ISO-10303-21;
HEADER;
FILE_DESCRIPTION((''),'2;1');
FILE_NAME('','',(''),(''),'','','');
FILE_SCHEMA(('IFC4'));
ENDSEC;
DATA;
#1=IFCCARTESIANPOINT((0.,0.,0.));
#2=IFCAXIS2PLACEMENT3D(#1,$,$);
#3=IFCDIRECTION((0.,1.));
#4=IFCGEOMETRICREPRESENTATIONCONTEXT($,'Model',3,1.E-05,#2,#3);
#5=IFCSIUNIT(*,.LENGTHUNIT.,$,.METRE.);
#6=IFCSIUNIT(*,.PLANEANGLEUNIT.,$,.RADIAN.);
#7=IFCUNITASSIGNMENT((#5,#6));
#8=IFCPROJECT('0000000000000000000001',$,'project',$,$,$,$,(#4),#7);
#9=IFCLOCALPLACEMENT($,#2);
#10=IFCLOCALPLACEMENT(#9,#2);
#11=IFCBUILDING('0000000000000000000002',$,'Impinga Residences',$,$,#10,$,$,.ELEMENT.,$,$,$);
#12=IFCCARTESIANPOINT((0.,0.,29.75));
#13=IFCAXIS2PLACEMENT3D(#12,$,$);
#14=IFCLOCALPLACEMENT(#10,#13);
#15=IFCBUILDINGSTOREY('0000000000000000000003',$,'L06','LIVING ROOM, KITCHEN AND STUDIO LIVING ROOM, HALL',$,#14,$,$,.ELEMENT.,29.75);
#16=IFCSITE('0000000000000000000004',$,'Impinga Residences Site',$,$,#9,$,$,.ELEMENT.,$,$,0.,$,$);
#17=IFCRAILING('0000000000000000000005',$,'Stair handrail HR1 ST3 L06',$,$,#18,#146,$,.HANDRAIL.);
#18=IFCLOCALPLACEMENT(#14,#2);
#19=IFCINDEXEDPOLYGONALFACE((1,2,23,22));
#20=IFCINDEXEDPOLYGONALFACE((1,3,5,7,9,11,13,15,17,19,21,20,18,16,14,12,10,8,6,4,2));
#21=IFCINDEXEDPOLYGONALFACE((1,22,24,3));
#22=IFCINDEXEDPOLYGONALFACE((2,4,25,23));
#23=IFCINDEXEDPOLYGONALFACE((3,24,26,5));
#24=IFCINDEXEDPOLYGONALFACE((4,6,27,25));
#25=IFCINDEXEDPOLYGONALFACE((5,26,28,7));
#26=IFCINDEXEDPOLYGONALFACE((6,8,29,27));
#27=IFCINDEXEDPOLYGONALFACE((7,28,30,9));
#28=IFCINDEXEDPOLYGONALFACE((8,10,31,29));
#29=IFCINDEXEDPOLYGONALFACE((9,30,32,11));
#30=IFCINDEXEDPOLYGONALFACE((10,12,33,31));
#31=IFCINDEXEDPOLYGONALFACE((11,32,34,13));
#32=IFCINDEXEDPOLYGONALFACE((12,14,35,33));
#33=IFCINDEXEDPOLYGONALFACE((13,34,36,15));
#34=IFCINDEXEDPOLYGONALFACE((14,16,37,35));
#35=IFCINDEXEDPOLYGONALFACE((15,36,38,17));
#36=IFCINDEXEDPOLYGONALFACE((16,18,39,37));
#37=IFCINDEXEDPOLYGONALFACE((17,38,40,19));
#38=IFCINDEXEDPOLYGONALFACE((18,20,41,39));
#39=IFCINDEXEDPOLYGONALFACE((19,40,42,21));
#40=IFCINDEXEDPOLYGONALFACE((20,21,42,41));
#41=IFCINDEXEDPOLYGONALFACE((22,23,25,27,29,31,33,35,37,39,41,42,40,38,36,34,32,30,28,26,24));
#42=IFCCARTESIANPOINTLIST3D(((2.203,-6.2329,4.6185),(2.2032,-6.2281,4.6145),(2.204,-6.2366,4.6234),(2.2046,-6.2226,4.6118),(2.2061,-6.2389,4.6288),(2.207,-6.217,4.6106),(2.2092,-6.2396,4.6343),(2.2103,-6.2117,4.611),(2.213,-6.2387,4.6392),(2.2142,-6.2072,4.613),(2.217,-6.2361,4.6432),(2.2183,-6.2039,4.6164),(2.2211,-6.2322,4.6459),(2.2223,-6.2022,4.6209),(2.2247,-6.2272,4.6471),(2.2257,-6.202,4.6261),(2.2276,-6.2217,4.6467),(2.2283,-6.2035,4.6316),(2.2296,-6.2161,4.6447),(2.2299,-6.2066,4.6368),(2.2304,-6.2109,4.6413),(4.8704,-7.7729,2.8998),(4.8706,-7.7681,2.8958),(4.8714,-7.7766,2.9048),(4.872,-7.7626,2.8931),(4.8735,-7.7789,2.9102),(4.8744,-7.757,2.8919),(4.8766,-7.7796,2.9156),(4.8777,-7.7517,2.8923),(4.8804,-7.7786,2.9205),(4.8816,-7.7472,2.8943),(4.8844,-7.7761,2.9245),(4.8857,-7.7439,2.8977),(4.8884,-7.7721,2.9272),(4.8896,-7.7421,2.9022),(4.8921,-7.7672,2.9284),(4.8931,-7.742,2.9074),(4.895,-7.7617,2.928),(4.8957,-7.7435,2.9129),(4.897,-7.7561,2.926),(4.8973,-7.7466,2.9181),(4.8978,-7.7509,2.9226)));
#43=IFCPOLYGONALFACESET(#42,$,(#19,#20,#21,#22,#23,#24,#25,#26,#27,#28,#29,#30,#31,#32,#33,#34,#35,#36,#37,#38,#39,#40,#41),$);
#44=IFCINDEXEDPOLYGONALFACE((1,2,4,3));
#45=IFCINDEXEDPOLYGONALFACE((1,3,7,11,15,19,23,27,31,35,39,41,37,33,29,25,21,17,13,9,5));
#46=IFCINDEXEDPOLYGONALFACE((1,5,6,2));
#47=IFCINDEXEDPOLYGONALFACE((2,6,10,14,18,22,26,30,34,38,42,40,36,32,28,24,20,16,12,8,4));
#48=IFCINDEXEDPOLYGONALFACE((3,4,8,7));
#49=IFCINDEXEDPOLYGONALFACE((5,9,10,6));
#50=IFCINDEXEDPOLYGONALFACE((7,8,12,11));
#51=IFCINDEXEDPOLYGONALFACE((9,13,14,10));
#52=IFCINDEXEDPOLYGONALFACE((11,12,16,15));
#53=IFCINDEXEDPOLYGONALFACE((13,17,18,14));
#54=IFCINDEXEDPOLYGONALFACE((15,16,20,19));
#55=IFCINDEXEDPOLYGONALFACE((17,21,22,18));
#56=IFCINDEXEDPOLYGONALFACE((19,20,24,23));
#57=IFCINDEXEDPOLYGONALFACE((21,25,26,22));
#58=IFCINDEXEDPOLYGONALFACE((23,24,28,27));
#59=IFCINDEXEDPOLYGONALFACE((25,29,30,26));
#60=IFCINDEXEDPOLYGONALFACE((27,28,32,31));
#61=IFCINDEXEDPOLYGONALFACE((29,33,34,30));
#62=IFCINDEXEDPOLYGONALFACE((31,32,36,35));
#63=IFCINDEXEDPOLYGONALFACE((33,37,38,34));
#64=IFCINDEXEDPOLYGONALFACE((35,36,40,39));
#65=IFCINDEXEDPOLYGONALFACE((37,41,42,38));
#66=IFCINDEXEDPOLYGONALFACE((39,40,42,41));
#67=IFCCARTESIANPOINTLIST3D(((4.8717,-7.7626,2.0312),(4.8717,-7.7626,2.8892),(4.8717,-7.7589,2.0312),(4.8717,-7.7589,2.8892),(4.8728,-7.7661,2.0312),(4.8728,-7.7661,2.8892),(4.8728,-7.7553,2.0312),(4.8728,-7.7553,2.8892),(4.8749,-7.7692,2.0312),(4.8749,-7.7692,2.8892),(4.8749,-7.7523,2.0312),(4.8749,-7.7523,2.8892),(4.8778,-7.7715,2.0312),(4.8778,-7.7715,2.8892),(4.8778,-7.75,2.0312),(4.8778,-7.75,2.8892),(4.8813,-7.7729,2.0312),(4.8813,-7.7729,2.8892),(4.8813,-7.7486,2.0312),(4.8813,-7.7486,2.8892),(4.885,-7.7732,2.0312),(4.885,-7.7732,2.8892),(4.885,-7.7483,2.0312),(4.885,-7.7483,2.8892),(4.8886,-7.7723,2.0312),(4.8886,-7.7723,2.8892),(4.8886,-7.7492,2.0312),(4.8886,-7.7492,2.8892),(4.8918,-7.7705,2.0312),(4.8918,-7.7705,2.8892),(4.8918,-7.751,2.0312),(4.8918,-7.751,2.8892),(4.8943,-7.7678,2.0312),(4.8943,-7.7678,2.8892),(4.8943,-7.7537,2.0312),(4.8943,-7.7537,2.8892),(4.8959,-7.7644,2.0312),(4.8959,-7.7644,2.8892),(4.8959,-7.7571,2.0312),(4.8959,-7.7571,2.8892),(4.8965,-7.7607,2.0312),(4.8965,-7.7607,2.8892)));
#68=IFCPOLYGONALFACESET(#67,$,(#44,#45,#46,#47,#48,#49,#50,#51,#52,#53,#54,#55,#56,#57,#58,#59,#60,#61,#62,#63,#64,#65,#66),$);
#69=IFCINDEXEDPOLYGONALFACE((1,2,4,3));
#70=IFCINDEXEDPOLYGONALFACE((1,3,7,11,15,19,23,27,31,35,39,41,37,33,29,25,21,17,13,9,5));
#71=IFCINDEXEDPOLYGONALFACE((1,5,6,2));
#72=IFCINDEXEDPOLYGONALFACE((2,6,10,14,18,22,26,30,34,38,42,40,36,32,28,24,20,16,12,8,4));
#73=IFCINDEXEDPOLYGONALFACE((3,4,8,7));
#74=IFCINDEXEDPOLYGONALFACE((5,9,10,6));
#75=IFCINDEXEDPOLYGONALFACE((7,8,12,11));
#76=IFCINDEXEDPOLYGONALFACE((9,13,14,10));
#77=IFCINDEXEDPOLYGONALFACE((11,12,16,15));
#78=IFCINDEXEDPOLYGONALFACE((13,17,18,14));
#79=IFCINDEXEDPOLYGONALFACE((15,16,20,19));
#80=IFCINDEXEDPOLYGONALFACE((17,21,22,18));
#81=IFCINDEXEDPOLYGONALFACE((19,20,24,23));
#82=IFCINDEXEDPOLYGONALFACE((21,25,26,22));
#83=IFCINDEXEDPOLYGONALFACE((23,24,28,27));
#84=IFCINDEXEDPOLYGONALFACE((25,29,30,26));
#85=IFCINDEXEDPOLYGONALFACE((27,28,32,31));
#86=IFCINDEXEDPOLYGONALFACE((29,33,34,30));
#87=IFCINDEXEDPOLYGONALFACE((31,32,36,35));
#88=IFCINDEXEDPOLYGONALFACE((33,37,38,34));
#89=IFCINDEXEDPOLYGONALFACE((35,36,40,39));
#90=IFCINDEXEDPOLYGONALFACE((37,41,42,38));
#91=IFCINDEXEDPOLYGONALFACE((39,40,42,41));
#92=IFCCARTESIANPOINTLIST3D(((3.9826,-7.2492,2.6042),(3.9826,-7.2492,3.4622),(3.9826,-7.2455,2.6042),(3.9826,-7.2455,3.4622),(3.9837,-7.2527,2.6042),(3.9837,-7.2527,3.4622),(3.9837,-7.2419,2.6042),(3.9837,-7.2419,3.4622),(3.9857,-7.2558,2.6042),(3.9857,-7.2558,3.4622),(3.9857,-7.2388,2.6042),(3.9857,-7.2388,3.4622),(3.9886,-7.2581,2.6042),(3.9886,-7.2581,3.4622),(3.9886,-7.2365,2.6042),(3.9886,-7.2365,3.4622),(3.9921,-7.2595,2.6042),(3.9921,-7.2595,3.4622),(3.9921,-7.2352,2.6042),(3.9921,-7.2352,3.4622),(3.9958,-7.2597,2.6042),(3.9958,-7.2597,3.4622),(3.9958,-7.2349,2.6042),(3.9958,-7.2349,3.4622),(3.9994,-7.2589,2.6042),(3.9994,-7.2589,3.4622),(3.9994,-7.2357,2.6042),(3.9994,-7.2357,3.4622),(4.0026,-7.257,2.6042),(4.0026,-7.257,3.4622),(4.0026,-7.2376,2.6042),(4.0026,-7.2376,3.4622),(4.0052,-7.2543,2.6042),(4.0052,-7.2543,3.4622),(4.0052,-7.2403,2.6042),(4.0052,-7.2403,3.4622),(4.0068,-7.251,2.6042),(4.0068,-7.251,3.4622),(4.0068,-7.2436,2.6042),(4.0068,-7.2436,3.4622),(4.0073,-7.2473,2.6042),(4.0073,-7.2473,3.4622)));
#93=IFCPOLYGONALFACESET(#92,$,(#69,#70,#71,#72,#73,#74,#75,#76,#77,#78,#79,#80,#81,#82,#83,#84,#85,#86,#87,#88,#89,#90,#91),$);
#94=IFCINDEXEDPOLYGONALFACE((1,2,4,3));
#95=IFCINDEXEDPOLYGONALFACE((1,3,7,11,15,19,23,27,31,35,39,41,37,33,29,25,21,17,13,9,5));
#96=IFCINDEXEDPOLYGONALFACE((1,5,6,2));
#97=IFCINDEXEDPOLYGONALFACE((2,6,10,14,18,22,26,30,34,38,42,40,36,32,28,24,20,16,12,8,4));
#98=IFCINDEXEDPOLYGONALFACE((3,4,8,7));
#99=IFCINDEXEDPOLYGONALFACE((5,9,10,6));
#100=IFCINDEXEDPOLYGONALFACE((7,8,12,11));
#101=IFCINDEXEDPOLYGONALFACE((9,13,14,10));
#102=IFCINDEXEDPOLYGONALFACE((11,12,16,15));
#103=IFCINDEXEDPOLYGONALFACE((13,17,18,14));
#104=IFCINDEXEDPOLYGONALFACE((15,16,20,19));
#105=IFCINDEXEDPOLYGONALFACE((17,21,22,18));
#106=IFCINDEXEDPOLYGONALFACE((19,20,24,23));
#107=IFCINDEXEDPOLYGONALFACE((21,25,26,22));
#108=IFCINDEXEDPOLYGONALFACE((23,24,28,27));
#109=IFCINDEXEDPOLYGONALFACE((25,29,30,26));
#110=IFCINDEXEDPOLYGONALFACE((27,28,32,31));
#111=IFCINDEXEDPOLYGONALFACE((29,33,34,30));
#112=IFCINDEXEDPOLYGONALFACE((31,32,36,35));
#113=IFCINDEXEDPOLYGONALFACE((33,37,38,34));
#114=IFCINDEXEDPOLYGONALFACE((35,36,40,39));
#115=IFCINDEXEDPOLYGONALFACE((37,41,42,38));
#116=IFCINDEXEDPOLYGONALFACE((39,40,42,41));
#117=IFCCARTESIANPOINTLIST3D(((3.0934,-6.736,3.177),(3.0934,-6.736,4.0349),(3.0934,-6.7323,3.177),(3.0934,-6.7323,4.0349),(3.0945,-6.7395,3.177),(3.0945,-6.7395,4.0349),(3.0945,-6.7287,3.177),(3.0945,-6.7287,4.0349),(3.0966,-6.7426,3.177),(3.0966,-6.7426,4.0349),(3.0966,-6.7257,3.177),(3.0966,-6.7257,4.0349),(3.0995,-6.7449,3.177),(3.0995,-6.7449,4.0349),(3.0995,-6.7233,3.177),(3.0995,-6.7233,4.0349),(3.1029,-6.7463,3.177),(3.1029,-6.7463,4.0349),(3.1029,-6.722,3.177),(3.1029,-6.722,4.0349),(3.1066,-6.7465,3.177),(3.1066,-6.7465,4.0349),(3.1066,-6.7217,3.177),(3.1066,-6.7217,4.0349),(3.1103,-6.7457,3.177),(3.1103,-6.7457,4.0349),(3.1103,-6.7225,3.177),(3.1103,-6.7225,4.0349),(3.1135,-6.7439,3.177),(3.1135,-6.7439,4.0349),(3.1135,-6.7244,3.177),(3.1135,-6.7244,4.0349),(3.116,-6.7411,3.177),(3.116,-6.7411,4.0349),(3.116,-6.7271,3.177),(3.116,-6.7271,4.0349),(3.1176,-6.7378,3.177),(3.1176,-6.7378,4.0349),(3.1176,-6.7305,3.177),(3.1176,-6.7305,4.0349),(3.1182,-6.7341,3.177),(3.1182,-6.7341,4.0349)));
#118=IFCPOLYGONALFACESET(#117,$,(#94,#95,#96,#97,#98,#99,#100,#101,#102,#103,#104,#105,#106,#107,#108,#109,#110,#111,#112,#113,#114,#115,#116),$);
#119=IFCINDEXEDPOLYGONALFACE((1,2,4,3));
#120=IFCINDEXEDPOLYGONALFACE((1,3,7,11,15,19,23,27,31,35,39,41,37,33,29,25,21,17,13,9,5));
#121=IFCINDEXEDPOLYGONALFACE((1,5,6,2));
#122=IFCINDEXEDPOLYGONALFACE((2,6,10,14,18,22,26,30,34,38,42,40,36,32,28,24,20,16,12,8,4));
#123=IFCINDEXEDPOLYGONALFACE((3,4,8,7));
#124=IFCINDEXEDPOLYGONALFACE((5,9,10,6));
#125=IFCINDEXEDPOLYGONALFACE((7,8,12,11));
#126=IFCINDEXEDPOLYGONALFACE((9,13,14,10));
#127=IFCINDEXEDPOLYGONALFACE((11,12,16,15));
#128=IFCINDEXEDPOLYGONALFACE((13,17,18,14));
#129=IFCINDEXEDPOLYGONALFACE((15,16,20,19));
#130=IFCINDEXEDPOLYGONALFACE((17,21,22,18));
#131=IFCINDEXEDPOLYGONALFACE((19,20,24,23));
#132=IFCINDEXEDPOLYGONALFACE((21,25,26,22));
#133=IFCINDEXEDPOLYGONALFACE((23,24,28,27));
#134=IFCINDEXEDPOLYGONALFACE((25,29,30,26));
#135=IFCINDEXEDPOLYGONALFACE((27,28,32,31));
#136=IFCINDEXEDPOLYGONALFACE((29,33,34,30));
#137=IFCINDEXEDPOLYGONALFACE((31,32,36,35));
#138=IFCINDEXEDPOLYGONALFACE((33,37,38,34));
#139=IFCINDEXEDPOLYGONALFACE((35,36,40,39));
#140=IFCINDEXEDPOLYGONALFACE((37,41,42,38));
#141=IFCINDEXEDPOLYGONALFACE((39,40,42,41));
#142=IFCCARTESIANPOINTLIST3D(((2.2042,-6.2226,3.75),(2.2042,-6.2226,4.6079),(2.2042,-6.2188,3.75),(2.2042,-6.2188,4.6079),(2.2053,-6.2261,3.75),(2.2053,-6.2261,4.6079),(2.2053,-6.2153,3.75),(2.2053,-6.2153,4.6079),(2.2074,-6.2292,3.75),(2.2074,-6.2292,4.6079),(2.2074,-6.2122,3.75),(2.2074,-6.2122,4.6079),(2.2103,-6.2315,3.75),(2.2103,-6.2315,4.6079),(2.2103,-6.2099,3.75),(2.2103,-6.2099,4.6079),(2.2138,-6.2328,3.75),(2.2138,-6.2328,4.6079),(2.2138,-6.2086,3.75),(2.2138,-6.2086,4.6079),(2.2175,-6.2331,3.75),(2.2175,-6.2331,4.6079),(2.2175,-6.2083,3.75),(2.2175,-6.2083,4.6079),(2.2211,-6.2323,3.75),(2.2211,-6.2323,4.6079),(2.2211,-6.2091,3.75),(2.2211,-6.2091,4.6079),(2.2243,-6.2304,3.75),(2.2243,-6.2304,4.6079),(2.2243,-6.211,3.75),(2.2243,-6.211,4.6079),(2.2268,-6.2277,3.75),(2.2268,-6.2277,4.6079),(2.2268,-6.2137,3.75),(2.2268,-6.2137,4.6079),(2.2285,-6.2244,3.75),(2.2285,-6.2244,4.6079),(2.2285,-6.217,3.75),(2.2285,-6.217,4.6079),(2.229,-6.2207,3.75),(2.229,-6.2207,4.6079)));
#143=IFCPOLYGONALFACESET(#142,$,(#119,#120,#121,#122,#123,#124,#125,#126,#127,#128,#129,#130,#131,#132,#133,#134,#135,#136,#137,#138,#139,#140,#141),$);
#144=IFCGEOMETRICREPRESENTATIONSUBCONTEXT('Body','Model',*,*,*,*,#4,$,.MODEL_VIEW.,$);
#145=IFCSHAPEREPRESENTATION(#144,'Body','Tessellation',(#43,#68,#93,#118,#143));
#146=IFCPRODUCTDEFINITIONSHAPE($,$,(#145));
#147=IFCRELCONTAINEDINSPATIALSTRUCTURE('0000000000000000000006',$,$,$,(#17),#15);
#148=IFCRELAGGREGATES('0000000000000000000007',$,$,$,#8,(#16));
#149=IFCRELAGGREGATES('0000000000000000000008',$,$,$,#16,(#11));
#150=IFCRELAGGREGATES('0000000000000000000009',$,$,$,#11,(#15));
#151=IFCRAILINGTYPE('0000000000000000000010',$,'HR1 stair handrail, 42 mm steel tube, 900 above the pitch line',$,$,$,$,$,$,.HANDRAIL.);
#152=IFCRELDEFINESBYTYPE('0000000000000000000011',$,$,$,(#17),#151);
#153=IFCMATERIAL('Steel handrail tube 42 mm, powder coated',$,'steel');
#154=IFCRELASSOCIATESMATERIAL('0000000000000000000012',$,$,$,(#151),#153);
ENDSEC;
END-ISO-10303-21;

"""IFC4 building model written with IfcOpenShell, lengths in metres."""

from ifc_helpers import new_model, si_unit, direction, frame, origin, origin_2d, place, context, subcontext, project, spatial, circle, extrude, material, type_object, element, save


model = new_model("IFC4")

# Units and contexts
model_context = context("Model", 3, precision=1e-05, world=origin(), true_north=direction((0.0, 1.0)))
body_context = subcontext(model_context, "Body", "Model", "MODEL_VIEW")
ifc_project = project(units=[si_unit("LENGTHUNIT", "METRE"), si_unit("PLANEANGLEUNIT", "RADIAN")], contexts=[model_context])

# Site, building, storey
site_placement = place(None, origin())
site = spatial("IfcSite", under=ifc_project, at=site_placement, Name="Impinga Residences Site", CompositionType="ELEMENT", RefElevation=0.0)
building_placement = place(site_placement, origin())
building = spatial("IfcBuilding", under=site, at=building_placement, Name="Impinga Residences", CompositionType="ELEMENT")
storey_placement = place(building_placement, frame((0.0, 0.0, 29.75)))
storey = spatial("IfcBuildingStorey", under=building, at=storey_placement, Name="L06", Description="LIVING ROOM, KITCHEN AND STUDIO LIVING ROOM, HALL", CompositionType="ELEMENT", Elevation=29.75)

# Railing
ifc_material_1 = material(Name="Steel handrail tube 42 mm, powder coated", Category="steel")
railing_type_1 = type_object("IfcRailingType", Name="HR1 stair handrail, 42 mm steel tube, 900 above the pitch line", PredefinedType="HANDRAIL", material=ifc_material_1)
railing_1_placement = place(storey_placement, frame((4.884, -7.7607, 2.0312)))
element("IfcRailing", 1, at=railing_1_placement, inside=storey, type_object=railing_type_1, Name="Stair handrail HR1 ST3 L06", PredefinedType="HANDRAIL", context=body_context, shape_type="SweptSolid", body=[
    extrude(circle(Radius=0.021, at=origin_2d()), frame((0.0, 0.0, 0.8789), z_axis=(-0.756256, 0.436616, 0.487282), x_axis=(-0.499992, -0.86603, 0.0)), (0.0, 0.0, 1.0), 3.5271),
    extrude(circle(Radius=0.0125, at=origin_2d()), origin(), (0.0, 0.0, 1.0), 0.8579),
    extrude(circle(Radius=0.0125, at=origin_2d()), frame((-0.8892, 0.5134, 0.573)), (0.0, 0.0, 1.0), 0.8579),
    extrude(circle(Radius=0.0125, at=origin_2d()), frame((-1.7783, 1.0266, 1.1458)), (0.0, 0.0, 1.0), 0.8579),
    extrude(circle(Radius=0.0125, at=origin_2d()), frame((-2.6675, 1.54, 1.7188)), (0.0, 0.0, 1.0), 0.8579),
])

save(model, "model.ifc")
